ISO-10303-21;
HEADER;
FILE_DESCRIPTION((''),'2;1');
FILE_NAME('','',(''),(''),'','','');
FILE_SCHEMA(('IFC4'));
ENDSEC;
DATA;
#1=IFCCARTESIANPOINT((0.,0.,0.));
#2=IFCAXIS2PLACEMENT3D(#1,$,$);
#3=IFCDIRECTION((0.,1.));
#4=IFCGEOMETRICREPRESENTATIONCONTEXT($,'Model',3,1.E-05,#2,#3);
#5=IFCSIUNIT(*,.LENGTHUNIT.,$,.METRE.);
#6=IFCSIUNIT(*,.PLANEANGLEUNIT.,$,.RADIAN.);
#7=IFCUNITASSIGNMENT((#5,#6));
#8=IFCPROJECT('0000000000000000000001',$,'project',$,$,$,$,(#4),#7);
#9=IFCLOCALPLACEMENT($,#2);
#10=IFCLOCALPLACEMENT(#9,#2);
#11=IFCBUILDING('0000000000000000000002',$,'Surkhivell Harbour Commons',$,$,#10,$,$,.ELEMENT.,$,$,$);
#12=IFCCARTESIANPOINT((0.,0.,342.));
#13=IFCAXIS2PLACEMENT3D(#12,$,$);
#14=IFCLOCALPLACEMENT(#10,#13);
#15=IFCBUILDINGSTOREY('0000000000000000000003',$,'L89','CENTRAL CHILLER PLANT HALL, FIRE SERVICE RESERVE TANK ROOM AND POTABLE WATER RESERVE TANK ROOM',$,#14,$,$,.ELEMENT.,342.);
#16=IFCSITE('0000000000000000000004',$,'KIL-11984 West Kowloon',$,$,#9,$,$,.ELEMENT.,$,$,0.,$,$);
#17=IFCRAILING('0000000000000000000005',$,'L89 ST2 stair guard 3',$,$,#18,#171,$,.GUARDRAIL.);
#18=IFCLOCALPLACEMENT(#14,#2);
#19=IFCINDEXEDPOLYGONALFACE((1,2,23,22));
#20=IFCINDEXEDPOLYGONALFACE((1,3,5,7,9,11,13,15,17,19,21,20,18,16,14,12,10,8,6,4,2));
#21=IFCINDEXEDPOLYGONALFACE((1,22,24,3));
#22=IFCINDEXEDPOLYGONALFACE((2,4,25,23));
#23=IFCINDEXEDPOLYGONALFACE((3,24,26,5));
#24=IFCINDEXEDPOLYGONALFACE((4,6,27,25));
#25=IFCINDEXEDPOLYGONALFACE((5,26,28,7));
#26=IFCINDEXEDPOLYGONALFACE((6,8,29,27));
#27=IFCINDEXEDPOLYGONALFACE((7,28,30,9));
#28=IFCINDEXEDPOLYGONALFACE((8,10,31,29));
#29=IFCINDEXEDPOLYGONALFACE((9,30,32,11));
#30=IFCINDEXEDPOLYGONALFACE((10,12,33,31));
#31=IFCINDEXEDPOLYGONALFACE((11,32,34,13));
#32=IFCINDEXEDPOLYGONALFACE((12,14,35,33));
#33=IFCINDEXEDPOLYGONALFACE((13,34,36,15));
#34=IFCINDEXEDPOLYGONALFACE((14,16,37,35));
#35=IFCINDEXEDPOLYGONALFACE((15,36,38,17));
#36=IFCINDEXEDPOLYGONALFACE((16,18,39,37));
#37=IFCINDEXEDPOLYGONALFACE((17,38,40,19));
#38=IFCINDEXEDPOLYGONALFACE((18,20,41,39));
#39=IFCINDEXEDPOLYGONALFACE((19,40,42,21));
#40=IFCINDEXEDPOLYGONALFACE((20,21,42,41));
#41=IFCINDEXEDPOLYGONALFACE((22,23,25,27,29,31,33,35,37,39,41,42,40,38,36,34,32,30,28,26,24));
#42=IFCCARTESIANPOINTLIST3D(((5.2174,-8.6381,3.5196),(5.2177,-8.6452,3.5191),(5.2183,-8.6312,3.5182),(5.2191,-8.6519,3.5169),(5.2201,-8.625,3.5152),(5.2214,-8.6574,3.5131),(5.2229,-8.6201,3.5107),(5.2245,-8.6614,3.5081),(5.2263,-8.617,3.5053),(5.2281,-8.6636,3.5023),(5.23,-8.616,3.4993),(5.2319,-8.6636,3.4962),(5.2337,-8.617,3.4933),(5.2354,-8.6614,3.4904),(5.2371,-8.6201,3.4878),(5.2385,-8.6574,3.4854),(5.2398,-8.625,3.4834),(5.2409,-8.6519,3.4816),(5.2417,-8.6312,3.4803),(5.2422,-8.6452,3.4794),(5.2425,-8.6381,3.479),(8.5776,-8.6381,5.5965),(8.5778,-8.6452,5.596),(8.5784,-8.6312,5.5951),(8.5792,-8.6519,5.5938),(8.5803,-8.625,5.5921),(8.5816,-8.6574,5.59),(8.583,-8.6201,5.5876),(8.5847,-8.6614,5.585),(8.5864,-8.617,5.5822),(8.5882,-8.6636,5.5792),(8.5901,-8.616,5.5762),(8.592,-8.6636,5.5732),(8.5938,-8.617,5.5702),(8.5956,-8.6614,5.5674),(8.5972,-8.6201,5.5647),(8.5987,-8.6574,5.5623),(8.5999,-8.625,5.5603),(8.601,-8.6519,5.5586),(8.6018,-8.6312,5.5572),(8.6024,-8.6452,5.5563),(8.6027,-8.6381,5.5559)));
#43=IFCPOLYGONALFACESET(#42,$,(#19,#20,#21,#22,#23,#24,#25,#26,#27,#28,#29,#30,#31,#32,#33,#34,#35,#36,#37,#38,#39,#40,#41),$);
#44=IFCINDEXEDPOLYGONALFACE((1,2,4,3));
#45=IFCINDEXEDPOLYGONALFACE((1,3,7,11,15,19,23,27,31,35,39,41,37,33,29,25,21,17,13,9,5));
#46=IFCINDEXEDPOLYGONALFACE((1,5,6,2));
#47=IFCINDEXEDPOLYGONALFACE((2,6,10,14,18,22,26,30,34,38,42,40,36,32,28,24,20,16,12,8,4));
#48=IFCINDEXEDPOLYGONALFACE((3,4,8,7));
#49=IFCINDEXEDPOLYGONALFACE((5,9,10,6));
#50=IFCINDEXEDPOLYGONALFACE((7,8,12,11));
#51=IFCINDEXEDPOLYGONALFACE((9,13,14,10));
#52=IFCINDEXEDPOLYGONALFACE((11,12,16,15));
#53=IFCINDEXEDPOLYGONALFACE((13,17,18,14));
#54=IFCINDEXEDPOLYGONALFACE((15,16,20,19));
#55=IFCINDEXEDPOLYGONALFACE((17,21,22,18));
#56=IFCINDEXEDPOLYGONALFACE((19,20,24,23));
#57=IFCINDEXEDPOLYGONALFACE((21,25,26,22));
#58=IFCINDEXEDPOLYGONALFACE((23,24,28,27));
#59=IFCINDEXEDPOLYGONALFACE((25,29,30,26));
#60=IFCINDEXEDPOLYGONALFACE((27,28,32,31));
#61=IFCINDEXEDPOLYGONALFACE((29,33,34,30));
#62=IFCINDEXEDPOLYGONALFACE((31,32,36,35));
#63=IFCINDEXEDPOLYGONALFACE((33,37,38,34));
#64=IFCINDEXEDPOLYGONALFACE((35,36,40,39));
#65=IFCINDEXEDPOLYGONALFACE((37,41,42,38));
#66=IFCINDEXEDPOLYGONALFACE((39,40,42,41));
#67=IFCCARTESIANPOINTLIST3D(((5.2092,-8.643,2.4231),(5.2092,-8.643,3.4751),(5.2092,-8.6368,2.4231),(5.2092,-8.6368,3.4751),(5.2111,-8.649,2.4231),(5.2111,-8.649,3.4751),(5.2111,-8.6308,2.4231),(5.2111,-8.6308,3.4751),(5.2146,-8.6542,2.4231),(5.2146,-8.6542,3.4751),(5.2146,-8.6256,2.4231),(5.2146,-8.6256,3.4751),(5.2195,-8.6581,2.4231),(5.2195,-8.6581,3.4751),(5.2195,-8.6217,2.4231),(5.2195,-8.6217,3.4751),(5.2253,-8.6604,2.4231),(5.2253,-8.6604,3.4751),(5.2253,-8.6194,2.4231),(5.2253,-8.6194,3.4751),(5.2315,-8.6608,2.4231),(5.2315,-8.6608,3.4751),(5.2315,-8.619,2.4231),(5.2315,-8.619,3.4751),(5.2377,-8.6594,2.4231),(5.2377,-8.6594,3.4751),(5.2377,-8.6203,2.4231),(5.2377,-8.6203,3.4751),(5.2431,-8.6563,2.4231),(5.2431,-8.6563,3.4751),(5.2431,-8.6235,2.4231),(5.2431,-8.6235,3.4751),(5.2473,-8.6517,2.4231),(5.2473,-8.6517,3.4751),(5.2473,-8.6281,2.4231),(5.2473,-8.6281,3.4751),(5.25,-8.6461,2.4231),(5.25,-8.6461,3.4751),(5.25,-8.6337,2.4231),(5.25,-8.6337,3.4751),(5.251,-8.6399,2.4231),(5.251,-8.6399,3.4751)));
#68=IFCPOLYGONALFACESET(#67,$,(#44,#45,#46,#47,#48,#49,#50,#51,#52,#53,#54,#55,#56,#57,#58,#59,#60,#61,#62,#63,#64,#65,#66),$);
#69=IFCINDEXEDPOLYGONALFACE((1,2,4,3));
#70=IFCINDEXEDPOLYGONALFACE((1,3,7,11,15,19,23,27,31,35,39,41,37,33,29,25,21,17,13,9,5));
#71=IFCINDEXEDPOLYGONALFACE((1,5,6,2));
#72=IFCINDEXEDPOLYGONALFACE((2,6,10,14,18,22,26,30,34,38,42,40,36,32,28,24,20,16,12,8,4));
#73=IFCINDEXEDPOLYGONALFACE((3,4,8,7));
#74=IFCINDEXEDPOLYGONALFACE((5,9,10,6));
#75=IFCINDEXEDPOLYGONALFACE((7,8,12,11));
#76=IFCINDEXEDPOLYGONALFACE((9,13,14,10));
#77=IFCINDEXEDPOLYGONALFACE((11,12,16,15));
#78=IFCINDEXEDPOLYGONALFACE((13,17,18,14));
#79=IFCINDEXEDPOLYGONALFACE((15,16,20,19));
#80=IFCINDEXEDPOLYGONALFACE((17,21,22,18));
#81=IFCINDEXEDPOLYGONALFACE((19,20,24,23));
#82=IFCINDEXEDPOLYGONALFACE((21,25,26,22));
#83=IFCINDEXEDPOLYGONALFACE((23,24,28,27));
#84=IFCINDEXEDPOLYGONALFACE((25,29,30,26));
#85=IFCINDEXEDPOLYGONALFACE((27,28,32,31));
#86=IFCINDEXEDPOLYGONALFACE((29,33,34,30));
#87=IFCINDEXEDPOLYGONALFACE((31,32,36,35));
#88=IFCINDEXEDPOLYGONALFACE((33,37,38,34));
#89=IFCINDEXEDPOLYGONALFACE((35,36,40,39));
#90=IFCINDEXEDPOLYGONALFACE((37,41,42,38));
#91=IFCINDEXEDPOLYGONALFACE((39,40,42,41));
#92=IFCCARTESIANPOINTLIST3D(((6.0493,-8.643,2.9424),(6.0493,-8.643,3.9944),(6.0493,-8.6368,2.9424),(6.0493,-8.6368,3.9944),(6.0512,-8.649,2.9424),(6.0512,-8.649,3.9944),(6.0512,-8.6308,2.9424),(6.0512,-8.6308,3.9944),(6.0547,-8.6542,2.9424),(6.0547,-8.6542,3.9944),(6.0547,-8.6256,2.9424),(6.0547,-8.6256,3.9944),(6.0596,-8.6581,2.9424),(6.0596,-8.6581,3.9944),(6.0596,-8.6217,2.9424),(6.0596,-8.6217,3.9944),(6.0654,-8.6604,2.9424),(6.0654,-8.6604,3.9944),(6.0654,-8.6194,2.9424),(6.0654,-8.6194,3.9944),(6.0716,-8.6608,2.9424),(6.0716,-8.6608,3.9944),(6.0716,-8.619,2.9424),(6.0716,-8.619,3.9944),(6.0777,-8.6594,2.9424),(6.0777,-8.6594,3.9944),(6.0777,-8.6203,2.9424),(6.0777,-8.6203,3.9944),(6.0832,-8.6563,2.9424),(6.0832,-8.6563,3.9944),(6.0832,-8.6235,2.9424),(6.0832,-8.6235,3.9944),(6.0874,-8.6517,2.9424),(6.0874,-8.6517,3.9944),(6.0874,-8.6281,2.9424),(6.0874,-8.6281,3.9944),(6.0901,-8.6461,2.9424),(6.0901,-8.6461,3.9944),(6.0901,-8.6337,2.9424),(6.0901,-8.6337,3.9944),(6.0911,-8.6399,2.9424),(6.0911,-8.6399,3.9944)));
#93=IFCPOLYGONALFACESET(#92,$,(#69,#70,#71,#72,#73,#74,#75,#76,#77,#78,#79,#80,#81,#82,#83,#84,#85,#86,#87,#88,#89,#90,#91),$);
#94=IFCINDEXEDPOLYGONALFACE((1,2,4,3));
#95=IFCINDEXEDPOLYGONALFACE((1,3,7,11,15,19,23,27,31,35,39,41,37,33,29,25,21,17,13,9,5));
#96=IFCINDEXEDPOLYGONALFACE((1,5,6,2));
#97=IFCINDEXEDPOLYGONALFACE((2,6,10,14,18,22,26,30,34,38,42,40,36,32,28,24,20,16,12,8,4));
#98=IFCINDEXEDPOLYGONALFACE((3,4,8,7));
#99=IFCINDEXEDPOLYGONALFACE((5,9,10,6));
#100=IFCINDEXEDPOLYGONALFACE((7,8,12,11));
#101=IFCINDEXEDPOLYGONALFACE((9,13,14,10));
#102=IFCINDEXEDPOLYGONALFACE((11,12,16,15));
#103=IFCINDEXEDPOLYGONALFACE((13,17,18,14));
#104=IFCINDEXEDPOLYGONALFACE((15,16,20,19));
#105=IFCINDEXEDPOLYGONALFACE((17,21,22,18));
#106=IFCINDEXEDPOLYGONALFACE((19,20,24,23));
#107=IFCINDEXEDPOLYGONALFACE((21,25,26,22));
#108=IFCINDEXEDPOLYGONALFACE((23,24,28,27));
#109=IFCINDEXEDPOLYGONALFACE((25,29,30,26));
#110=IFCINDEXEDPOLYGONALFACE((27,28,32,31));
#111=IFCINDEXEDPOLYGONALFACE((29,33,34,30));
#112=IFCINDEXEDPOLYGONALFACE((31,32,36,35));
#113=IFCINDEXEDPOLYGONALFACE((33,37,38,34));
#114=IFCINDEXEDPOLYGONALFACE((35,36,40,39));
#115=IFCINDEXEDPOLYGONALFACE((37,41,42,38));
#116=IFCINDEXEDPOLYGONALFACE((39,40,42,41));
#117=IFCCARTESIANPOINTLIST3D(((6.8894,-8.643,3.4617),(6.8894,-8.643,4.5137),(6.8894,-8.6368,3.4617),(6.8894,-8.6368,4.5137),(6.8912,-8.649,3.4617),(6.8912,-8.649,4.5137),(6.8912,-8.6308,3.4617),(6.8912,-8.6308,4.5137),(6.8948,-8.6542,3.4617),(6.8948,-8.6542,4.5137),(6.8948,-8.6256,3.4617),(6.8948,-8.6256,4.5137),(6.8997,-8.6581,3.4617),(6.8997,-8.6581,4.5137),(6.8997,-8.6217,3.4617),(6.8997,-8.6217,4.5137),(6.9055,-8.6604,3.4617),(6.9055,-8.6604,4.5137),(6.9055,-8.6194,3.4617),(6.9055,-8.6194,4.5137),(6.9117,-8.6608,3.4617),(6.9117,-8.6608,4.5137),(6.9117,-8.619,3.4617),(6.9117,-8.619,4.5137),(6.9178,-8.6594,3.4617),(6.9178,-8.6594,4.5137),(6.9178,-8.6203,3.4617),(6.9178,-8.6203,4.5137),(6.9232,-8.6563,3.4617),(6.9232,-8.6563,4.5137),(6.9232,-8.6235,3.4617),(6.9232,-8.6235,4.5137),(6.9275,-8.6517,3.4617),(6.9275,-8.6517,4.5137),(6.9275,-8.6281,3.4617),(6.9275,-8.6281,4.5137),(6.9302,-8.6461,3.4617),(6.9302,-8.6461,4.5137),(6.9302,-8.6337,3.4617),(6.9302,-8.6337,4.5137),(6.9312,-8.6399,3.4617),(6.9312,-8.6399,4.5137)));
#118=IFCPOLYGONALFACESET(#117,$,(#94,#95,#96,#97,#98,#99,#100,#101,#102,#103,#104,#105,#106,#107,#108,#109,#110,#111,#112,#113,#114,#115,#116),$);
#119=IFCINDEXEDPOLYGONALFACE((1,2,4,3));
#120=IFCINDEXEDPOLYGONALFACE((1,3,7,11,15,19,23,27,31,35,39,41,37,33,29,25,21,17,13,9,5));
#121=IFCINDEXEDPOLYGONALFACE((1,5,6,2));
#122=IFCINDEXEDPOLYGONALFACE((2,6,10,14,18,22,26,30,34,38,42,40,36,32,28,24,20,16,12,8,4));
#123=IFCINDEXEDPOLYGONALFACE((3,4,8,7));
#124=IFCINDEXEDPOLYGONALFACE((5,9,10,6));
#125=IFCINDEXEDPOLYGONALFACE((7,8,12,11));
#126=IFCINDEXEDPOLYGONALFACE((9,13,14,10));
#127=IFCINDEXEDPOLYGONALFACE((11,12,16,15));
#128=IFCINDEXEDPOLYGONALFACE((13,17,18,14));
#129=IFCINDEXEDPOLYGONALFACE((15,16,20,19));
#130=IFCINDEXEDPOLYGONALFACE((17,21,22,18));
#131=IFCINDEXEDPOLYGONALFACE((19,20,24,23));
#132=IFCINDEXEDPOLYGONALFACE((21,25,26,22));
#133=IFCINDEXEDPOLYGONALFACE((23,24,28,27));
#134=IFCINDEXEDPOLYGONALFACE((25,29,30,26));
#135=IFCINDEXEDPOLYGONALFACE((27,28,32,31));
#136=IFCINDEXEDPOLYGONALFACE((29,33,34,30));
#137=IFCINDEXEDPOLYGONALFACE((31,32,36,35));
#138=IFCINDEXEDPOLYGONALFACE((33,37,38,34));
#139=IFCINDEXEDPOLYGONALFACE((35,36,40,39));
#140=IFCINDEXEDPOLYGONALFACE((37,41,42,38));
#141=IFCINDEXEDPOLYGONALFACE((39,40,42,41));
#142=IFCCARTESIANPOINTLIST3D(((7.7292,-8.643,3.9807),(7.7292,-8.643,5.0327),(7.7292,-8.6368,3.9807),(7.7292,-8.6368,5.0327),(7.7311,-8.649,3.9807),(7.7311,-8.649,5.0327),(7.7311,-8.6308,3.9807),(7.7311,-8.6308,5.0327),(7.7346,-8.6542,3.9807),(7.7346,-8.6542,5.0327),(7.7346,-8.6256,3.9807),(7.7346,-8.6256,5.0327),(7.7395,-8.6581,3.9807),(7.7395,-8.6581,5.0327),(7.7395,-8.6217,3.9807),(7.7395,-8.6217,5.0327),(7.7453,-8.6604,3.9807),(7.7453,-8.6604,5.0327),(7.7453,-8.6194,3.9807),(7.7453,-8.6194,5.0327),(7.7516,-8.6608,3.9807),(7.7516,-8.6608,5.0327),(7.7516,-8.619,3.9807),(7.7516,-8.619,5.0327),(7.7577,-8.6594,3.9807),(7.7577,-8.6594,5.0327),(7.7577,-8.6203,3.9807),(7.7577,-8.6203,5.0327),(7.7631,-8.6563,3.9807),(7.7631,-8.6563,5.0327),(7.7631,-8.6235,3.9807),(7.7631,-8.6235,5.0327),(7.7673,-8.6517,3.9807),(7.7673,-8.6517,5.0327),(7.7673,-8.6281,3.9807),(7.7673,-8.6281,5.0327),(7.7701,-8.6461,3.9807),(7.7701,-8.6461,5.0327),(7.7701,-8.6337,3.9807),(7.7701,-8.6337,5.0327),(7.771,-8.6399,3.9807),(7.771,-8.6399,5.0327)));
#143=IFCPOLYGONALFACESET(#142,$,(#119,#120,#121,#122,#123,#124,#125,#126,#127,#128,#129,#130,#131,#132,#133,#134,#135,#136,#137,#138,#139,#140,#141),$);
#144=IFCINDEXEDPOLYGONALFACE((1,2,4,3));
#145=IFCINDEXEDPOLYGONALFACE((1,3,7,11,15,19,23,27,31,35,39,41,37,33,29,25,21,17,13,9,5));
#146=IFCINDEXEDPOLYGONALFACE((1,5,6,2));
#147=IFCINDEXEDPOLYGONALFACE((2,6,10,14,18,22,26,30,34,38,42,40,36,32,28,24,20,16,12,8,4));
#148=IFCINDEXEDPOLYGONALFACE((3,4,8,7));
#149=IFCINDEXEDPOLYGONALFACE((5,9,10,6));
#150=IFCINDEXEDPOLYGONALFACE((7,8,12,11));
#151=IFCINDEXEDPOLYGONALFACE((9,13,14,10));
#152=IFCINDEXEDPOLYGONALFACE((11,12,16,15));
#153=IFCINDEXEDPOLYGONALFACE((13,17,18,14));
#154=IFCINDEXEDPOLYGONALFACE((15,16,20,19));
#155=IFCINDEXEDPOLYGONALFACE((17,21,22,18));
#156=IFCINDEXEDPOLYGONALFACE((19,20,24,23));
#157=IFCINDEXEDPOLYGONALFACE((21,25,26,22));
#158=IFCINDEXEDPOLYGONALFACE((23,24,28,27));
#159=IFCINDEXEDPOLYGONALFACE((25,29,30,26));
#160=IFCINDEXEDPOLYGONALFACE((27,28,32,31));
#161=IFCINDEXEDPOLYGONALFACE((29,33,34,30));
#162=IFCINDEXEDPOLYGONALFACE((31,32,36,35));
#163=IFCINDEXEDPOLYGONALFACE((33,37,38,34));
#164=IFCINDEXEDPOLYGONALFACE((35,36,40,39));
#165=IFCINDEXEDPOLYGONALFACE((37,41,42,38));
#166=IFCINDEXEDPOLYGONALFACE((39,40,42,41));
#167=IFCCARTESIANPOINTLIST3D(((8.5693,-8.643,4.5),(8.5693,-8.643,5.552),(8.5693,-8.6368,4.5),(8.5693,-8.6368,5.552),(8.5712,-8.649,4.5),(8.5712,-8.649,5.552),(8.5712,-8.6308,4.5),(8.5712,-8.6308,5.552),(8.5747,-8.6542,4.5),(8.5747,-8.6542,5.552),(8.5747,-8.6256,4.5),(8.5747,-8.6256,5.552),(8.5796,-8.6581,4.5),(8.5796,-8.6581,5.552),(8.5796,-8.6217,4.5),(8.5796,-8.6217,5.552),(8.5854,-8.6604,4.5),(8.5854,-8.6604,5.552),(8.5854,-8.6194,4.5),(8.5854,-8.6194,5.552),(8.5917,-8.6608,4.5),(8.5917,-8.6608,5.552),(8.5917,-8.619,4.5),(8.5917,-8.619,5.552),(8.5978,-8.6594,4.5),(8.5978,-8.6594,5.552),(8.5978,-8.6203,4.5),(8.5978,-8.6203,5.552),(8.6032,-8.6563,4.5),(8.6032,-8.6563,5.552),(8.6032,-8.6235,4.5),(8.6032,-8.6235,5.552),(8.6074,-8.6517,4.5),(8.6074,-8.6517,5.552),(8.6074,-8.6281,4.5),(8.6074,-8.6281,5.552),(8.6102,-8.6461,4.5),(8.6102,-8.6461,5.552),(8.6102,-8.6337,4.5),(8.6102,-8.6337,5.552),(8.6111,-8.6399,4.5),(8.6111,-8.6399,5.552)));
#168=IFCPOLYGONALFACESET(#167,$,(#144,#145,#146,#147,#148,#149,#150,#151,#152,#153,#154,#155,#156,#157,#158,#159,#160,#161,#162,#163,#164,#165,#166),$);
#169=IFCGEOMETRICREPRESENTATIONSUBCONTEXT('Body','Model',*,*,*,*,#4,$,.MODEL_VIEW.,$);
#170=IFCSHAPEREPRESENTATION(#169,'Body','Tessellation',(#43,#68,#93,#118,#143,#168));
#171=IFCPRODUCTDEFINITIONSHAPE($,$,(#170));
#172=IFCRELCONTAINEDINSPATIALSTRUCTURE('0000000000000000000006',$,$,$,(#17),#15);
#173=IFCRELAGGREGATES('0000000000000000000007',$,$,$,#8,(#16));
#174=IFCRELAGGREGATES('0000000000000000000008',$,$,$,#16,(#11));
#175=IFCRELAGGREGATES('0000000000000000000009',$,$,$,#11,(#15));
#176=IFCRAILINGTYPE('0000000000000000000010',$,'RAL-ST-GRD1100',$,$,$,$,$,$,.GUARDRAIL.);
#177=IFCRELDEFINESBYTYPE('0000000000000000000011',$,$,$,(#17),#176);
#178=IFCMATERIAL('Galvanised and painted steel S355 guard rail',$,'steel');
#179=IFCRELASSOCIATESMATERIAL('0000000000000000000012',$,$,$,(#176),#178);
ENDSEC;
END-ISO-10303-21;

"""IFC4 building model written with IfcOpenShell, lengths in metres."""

from ifc_helpers import new_model, si_unit, direction, frame, origin, origin_2d, place, context, subcontext, project, spatial, circle, extrude, material, type_object, element, save


model = new_model("IFC4")

# Units and contexts
model_context = context("Model", 3, precision=1e-05, world=origin(), true_north=direction((0.0, 1.0)))
body_context = subcontext(model_context, "Body", "Model", "MODEL_VIEW")
ifc_project = project(units=[si_unit("LENGTHUNIT", "METRE"), si_unit("PLANEANGLEUNIT", "RADIAN")], contexts=[model_context])

# Site, building, storey
site_placement = place(None, origin())
site = spatial("IfcSite", under=ifc_project, at=site_placement, Name="KIL-11984 West Kowloon", CompositionType="ELEMENT", RefElevation=0.0)
building_placement = place(site_placement, origin())
building = spatial("IfcBuilding", under=site, at=building_placement, Name="Surkhivell Harbour Commons", CompositionType="ELEMENT")
storey_placement = place(building_placement, frame((0.0, 0.0, 342.0)))
storey = spatial("IfcBuildingStorey", under=building, at=storey_placement, Name="L89", Description="CENTRAL CHILLER PLANT HALL, FIRE SERVICE RESERVE TANK ROOM AND POTABLE WATER RESERVE TANK ROOM", CompositionType="ELEMENT", Elevation=342.0)

# Railing
ifc_material_1 = material(Name="Galvanised and painted steel S355 guard rail", Category="steel")
railing_type_1 = type_object("IfcRailingType", Name="RAL-ST-GRD1100", PredefinedType="GUARDRAIL", material=ifc_material_1)
railing_1_placement = place(storey_placement, frame((5.23, -8.6399, 2.4231)))
element("IfcRailing", 1, at=railing_1_placement, inside=storey, type_object=railing_type_1, Name="L89 ST2 stair guard 3", PredefinedType="GUARDRAIL", context=body_context, shape_type="SweptSolid", body=[
    extrude(circle(Radius=0.0239, at=origin_2d()), frame((0.0, 0.0, 1.0762), z_axis=(0.850623, 0.0, 0.525776), x_axis=(0.0, 1.0, 0.0)), (0.0, 0.0, 1.0), 3.9502),
    extrude(circle(Radius=0.021, at=origin_2d()), origin(), (0.0, 0.0, 1.0), 1.052),
    extrude(circle(Radius=0.021, at=origin_2d()), frame((0.8401, 0.0, 0.5193)), (0.0, 0.0, 1.0), 1.052),
    extrude(circle(Radius=0.021, at=origin_2d()), frame((1.6802, 0.0, 1.0386)), (0.0, 0.0, 1.0), 1.052),
    extrude(circle(Radius=0.021, at=origin_2d()), frame((2.52, 0.0, 1.5576)), (0.0, 0.0, 1.0), 1.052),
    extrude(circle(Radius=0.021, at=origin_2d()), frame((3.3601, 0.0, 2.0769)), (0.0, 0.0, 1.0), 1.052),
])

save(model, "model.ifc")
